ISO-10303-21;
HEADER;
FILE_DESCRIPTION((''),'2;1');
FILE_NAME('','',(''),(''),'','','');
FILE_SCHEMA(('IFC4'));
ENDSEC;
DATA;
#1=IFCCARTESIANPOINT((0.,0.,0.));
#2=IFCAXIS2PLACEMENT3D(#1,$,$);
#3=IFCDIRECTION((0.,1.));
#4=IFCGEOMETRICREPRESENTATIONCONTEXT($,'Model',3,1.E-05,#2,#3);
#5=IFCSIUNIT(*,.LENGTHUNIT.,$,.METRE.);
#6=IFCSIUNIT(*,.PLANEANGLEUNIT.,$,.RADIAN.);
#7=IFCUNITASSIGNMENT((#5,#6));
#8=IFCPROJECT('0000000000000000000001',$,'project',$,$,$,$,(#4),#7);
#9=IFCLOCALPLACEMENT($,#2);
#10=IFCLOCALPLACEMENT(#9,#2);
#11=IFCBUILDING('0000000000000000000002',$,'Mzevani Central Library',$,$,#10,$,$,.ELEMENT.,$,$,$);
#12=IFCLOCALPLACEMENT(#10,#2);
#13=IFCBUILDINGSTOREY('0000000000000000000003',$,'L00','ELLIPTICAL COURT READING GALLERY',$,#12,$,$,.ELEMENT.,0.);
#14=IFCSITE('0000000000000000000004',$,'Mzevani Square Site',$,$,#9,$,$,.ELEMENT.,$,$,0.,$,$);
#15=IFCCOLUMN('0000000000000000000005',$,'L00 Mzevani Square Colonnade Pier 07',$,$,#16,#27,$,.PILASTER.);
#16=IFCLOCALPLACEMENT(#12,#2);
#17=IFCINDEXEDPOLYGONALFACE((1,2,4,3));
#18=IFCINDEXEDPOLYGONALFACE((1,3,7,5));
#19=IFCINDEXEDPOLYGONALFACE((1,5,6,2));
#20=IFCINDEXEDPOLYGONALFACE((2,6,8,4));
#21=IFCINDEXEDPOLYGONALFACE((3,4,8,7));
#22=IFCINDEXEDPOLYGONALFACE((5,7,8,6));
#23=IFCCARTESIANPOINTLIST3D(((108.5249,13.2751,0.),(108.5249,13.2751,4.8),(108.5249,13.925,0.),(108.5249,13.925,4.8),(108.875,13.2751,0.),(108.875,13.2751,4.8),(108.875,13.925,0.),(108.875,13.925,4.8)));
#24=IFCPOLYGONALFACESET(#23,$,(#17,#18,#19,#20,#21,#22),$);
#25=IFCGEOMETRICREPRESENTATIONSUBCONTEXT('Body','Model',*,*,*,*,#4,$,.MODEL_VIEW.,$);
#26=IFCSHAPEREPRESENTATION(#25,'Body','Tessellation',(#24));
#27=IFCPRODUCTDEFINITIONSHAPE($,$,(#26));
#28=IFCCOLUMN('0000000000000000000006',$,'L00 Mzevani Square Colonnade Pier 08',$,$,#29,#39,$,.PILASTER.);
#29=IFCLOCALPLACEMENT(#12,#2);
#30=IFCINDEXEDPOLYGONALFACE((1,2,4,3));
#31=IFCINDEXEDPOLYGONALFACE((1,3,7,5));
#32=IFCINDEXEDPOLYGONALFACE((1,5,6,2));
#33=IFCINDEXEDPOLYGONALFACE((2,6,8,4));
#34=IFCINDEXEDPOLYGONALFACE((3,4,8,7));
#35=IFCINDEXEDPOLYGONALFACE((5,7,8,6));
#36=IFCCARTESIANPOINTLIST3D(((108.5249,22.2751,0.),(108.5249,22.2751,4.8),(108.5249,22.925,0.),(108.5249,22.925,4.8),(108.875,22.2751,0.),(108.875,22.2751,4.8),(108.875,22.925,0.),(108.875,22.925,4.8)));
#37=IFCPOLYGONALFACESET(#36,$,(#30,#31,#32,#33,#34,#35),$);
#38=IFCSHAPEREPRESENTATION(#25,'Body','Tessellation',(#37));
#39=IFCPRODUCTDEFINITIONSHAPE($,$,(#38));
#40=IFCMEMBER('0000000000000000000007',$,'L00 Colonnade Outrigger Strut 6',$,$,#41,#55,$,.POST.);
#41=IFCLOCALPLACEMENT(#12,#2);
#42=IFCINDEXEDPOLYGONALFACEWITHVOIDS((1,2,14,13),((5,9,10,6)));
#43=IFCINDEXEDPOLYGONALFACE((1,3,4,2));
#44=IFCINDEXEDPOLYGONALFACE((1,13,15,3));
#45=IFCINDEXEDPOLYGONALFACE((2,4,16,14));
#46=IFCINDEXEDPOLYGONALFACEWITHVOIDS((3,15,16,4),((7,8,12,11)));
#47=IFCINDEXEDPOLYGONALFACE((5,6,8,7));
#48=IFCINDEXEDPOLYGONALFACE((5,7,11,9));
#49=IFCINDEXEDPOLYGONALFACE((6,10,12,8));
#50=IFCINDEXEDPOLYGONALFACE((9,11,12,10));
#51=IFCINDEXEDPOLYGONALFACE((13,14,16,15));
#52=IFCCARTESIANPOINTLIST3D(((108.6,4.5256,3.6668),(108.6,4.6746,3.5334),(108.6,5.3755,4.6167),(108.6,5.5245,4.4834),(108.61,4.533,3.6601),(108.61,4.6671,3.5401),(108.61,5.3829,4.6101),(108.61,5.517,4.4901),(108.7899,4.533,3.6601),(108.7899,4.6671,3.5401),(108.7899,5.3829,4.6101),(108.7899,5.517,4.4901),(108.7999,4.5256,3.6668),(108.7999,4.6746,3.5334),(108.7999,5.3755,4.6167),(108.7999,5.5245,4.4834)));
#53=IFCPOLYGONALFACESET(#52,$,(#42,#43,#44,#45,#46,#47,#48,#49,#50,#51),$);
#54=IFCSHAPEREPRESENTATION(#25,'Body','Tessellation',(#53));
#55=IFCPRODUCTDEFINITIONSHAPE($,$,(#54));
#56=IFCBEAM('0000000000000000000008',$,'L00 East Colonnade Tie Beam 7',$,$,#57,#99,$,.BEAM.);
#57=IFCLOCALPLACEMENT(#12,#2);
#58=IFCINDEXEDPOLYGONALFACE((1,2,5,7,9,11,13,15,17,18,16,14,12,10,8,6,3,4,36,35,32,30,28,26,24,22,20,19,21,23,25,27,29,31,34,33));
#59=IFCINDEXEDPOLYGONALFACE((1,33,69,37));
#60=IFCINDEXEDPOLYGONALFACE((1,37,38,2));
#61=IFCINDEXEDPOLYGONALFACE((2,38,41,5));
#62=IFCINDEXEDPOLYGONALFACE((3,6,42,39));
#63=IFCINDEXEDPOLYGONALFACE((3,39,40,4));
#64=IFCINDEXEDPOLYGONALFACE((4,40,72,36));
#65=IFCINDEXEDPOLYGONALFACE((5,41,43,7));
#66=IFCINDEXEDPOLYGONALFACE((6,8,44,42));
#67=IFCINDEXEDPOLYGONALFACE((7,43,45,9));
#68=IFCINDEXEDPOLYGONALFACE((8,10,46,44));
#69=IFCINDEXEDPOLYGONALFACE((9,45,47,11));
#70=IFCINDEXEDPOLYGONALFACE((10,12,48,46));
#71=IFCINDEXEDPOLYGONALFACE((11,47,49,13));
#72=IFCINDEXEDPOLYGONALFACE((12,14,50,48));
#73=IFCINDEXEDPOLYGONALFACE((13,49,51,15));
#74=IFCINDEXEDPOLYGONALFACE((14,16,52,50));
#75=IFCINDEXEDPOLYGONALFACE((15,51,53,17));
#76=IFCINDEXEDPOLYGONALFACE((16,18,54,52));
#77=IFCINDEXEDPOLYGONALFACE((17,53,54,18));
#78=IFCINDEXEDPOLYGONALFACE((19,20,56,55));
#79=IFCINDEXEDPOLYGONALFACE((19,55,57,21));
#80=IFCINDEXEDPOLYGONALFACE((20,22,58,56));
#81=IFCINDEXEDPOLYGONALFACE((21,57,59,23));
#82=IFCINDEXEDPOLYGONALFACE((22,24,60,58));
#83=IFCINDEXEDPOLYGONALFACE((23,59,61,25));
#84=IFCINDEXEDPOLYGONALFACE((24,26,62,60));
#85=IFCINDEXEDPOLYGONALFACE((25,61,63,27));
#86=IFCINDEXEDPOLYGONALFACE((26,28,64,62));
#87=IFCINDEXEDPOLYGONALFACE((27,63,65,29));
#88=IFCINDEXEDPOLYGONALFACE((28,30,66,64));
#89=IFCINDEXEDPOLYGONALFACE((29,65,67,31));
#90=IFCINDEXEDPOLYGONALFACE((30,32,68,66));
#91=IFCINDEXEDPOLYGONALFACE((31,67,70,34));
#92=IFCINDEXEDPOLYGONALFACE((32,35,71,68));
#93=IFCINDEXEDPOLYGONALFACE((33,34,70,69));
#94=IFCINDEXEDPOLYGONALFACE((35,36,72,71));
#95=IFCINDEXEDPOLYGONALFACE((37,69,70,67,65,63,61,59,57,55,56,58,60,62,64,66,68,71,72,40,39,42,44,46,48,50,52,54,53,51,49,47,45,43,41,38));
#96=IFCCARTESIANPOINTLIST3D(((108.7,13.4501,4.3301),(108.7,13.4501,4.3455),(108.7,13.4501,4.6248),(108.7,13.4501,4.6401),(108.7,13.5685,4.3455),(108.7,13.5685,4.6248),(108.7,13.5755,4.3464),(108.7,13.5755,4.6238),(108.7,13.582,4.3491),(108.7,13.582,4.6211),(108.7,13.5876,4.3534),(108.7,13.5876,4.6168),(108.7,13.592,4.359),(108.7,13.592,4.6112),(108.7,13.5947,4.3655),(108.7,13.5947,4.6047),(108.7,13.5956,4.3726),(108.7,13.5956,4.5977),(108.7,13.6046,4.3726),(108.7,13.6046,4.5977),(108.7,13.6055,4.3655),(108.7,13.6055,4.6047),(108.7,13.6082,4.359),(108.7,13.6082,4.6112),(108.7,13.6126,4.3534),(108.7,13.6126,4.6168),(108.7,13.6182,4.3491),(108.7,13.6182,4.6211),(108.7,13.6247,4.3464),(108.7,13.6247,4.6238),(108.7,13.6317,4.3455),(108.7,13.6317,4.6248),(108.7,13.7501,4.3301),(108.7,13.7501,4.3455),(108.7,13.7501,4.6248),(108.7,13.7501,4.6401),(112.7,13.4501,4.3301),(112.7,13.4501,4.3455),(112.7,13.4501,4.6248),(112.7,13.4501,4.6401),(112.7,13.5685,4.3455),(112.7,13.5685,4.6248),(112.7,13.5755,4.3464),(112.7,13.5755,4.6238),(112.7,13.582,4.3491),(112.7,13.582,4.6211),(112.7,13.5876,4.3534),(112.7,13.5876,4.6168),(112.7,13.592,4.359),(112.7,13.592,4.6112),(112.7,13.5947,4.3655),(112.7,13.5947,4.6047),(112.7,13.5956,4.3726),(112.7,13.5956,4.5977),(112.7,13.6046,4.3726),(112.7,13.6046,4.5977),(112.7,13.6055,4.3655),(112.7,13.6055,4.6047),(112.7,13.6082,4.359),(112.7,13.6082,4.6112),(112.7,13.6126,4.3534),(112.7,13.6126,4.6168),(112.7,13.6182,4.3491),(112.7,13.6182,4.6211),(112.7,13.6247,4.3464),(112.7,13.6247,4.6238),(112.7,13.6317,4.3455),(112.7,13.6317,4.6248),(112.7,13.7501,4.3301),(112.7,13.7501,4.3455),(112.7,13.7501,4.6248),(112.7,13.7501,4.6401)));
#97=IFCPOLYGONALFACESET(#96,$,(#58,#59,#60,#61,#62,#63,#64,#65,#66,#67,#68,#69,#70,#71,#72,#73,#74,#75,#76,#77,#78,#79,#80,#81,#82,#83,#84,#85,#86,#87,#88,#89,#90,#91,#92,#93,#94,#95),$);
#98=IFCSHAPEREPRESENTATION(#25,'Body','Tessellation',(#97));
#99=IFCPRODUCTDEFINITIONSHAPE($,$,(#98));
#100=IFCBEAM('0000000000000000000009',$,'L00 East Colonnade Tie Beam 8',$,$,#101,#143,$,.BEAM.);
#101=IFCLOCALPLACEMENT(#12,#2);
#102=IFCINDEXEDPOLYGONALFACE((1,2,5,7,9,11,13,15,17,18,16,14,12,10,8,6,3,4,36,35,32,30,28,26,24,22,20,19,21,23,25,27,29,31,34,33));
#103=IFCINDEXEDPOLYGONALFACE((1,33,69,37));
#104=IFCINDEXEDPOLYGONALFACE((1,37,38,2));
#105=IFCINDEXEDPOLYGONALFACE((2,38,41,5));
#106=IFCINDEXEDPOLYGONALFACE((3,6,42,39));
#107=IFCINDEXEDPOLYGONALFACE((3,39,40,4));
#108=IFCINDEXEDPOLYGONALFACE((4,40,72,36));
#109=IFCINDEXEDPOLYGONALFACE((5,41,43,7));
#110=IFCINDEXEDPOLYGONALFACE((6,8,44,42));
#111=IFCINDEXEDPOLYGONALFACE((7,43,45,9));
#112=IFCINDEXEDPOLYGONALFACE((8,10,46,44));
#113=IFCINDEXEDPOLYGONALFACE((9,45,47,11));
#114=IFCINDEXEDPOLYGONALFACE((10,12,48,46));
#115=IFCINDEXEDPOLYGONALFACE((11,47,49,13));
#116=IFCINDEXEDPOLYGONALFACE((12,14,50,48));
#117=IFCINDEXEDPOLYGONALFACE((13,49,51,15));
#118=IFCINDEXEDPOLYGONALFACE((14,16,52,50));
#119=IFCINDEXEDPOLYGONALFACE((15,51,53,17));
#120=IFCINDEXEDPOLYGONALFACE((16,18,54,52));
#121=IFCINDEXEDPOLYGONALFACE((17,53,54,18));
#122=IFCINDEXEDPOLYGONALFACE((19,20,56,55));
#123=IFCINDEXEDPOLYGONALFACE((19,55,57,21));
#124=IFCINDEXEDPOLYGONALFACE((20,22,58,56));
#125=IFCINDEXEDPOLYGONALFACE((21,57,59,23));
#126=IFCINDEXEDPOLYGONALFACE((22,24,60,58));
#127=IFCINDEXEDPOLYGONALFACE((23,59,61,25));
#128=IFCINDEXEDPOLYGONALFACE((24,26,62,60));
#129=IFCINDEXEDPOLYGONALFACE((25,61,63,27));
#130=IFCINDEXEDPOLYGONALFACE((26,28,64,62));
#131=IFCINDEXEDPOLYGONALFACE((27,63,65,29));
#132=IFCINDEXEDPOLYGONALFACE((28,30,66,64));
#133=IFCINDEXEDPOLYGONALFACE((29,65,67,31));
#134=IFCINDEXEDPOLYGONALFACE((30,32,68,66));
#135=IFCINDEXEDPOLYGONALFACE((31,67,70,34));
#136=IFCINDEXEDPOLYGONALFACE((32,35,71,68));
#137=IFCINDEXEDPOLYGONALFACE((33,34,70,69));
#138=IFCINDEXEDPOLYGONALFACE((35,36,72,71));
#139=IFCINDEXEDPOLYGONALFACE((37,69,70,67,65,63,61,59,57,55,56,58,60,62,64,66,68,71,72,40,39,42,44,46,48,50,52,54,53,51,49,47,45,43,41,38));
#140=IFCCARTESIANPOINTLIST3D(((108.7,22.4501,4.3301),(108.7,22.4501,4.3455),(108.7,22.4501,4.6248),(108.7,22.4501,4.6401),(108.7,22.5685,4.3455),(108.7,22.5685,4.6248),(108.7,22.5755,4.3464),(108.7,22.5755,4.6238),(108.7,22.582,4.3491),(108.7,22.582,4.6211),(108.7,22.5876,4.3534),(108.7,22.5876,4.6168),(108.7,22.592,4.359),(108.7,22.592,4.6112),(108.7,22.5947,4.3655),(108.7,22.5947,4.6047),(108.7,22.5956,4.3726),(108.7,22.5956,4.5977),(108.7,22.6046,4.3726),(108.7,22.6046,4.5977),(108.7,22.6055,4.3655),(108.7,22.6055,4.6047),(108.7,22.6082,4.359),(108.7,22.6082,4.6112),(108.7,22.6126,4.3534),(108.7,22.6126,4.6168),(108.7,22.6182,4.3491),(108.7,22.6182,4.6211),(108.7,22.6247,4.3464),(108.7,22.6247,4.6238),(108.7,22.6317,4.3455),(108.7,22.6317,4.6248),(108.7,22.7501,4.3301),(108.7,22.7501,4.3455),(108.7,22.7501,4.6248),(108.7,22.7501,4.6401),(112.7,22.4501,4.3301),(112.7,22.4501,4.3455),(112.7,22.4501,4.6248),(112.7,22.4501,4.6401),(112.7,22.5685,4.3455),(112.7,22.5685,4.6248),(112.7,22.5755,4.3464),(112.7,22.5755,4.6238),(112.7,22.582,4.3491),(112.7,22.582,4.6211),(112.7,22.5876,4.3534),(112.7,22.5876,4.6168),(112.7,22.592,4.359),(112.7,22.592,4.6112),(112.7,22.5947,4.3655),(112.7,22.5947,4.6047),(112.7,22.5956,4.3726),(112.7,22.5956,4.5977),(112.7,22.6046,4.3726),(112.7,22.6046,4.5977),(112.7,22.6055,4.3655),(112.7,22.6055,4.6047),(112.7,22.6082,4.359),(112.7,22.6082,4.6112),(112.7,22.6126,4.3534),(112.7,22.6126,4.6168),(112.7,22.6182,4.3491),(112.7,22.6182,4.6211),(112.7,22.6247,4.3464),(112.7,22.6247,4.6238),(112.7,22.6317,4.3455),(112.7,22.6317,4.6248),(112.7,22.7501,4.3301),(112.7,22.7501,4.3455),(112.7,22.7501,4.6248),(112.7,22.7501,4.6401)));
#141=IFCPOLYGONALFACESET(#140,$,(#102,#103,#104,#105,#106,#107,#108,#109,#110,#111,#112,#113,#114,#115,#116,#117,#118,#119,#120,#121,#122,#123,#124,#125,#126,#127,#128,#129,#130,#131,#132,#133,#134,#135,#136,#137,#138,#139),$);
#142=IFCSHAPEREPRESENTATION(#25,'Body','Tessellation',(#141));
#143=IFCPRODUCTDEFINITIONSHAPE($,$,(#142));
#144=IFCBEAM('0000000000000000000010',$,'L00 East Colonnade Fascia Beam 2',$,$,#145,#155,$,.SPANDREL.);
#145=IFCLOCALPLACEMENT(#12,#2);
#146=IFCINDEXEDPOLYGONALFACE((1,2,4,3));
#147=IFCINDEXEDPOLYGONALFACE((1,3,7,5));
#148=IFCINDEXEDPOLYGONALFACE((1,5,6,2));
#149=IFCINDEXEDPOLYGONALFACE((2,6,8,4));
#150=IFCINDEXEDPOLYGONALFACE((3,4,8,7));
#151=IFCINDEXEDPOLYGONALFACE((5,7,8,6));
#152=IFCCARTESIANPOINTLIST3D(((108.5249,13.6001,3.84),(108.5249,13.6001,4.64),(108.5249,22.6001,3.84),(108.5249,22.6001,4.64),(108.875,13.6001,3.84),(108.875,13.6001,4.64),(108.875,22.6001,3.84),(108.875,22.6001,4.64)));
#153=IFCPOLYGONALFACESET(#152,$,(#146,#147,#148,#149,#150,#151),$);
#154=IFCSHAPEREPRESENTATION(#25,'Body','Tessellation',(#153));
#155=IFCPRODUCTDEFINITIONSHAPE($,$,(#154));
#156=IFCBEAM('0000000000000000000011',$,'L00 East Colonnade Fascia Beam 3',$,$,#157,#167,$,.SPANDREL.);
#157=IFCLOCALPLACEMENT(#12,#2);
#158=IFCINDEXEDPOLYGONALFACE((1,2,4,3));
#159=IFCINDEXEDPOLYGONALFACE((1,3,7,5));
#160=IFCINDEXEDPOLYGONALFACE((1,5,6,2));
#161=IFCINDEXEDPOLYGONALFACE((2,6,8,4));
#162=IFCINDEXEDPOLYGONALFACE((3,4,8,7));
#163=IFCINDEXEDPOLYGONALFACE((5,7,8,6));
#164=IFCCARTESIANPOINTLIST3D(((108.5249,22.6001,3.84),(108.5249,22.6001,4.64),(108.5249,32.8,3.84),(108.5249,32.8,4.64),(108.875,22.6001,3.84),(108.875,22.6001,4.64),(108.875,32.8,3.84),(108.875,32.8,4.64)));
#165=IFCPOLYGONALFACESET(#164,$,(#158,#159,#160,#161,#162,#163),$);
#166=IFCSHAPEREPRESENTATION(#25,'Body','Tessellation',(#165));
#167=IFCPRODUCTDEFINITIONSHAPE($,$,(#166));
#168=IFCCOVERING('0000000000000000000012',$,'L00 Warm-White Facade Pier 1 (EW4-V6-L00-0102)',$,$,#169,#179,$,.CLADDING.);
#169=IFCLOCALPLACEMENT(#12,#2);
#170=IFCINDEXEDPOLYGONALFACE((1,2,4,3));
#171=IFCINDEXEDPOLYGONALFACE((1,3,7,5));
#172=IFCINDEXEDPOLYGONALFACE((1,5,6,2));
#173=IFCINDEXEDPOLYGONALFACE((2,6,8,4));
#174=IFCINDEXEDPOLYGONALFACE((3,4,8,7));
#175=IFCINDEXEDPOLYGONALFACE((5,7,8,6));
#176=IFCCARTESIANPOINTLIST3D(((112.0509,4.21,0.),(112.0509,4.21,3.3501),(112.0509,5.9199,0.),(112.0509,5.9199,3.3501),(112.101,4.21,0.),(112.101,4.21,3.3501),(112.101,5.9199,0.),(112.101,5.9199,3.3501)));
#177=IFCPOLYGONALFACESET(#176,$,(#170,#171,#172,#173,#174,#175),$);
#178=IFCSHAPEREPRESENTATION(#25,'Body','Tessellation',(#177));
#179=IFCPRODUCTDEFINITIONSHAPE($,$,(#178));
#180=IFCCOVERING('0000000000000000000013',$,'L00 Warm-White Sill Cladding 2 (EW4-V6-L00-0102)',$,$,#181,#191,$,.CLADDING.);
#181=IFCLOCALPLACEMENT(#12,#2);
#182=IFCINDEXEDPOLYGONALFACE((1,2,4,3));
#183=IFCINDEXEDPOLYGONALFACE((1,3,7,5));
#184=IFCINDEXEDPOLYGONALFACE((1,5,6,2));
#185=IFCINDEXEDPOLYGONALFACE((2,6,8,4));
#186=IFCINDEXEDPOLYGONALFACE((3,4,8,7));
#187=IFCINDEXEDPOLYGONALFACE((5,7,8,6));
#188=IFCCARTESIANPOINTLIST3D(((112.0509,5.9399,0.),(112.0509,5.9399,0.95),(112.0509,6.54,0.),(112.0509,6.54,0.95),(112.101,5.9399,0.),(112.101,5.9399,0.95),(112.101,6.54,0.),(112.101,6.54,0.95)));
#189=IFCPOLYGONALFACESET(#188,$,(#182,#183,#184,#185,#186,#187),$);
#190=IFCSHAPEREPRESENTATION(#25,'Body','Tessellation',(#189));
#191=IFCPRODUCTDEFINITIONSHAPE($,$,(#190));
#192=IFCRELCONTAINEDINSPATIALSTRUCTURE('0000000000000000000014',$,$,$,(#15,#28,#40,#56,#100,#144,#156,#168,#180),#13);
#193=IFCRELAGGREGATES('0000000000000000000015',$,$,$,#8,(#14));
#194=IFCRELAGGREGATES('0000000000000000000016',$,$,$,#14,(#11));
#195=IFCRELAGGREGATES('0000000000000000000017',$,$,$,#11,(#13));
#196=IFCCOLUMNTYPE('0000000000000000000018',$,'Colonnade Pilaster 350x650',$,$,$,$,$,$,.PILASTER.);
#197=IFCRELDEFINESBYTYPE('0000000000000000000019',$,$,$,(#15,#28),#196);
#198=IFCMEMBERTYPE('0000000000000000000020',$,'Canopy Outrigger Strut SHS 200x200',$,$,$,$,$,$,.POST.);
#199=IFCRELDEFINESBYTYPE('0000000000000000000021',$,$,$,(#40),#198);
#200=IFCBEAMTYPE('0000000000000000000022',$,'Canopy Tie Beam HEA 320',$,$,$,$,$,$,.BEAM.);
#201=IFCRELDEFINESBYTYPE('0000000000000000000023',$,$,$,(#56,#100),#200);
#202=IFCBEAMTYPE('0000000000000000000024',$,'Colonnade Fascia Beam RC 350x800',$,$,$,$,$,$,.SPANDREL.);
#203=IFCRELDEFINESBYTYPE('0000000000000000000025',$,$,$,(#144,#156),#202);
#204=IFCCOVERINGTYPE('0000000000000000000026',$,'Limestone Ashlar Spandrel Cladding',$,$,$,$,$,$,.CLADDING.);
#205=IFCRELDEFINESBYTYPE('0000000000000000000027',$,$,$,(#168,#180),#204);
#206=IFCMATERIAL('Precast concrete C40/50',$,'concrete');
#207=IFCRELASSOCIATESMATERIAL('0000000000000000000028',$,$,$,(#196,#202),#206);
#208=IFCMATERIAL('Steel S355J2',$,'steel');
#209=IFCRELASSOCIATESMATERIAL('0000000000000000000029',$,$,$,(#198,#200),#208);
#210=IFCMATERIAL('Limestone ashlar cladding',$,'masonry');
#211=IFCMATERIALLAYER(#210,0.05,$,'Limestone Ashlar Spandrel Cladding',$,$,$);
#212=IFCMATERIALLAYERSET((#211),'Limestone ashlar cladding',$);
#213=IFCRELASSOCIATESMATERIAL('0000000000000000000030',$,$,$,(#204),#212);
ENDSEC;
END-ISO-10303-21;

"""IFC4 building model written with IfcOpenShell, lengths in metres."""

from ifc_helpers import new_model, si_unit, direction, frame, origin, origin_2d, place, context, subcontext, project, spatial, rectangle, hollow_rectangle, i_section, extrude, material, layer, layer_set, material_profile, profile_set, type_object, element, save


model = new_model("IFC4")

# Units and contexts
model_context = context("Model", 3, precision=1e-05, world=origin(), true_north=direction((0.0, 1.0)))
body_context = subcontext(model_context, "Body", "Model", "MODEL_VIEW")
ifc_project = project(units=[si_unit("LENGTHUNIT", "METRE"), si_unit("PLANEANGLEUNIT", "RADIAN")], contexts=[model_context])

# Site, building, storey
site_placement = place(None, origin())
site = spatial("IfcSite", under=ifc_project, at=site_placement, Name="Mzevani Square Site", CompositionType="ELEMENT", RefElevation=0.0)
building_placement = place(site_placement, origin())
building = spatial("IfcBuilding", under=site, at=building_placement, Name="Mzevani Central Library", CompositionType="ELEMENT")
storey_placement = place(building_placement, origin())
storey = spatial("IfcBuildingStorey", under=building, at=storey_placement, Name="L00", Description="ELLIPTICAL COURT READING GALLERY", CompositionType="ELEMENT", Elevation=0.0)

# Columns
ifc_material_1 = material(Name="Precast concrete C40/50", Category="concrete")
ifc_material_profile_1 = material_profile(ifc_material_1, rectangle(XDim=0.3501, YDim=0.6499, at=origin_2d()), Name="PC PIL 350x650")
ifc_profile_set_1 = profile_set([ifc_material_profile_1], Name="Precast concrete C40/50")
column_type = type_object("IfcColumnType", Name="Colonnade Pilaster 350x650", PredefinedType="PILASTER", material=ifc_profile_set_1)
for number, where, z_axis, x_axis, name in (
    (1, (108.7, 13.6001, 0.0), (0.0, 0.0, 1.0), (1.0, 0.0, 0.0), "L00 Mzevani Square Colonnade Pier 07"),
    (2, (108.7, 22.6001, 0.0), (0.0, 0.0, 1.0), (1.0, 0.0, 0.0), "L00 Mzevani Square Colonnade Pier 08"),
):
    element("IfcColumn", number, at=place(storey_placement, frame(where, z_axis=z_axis, x_axis=x_axis)), inside=storey, type_object=column_type, Name=name, PredefinedType="PILASTER", context=body_context, shape_type="SweptSolid", body=[
        extrude(rectangle(XDim=0.3501, YDim=0.6499, at=origin_2d()), origin(), (0.0, 0.0, 1.0), 4.8),
    ])

# Member
ifc_material_2 = material(Name="Steel S355J2", Category="steel")
ifc_material_profile_2 = material_profile(ifc_material_2, hollow_rectangle(XDim=0.2, YDim=0.2, WallThickness=0.01, at=origin_2d()), Name="SHS 200x200x10.0")
ifc_profile_set_2 = profile_set([ifc_material_profile_2], Name="Steel S355J2")
member_type = type_object("IfcMemberType", Name="Canopy Outrigger Strut SHS 200x200", PredefinedType="POST", material=ifc_profile_set_2)
member_placement = place(storey_placement, frame((108.7, 4.6001, 3.6001), z_axis=(0.0, 0.66675, 0.745281), x_axis=(-1.0, 0.0, 0.0)))
element("IfcMember", 3, at=member_placement, inside=storey, type_object=member_type, Name="L00 Colonnade Outrigger Strut 6", PredefinedType="POST", context=body_context, shape_type="SweptSolid", body=[
    extrude(hollow_rectangle(XDim=0.2, YDim=0.2, WallThickness=0.01, at=origin_2d()), origin(), (0.0, 0.0, 1.0), 1.2747),
])

# Beams
ifc_material_profile_3 = material_profile(ifc_material_2, i_section(OverallWidth=0.3, OverallDepth=0.3101, WebThickness=0.009, FlangeThickness=0.0154, FilletRadius=0.0271, at=origin_2d()), Name="HEA 320")
ifc_profile_set_3 = profile_set([ifc_material_profile_3], Name="Steel S355J2")
beam_type_1 = type_object("IfcBeamType", Name="Canopy Tie Beam HEA 320", PredefinedType="BEAM", material=ifc_profile_set_3)
for number, where, z_axis, x_axis, name in (
    (4, (108.7, 13.6001, 4.4851), (1.0, 0.0, 0.0), (0.0, 1.0, 0.0), "L00 East Colonnade Tie Beam 7"),
    (5, (108.7, 22.6001, 4.4851), (1.0, 0.0, 0.0), (0.0, 1.0, 0.0), "L00 East Colonnade Tie Beam 8"),
):
    element("IfcBeam", number, at=place(storey_placement, frame(where, z_axis=z_axis, x_axis=x_axis)), inside=storey, type_object=beam_type_1, Name=name, PredefinedType="BEAM", context=body_context, shape_type="SweptSolid", body=[
        extrude(i_section(OverallWidth=0.3, OverallDepth=0.3101, WebThickness=0.009, FlangeThickness=0.0154, FilletRadius=0.0271, at=origin_2d()), origin(), (0.0, 0.0, 1.0), 4.0),
    ])
ifc_material_profile_4 = material_profile(ifc_material_1, rectangle(XDim=0.3501, YDim=0.8, at=origin_2d()), Name="RC SP350x800")
ifc_profile_set_4 = profile_set([ifc_material_profile_4], Name="Precast concrete C40/50")
beam_type_2 = type_object("IfcBeamType", Name="Colonnade Fascia Beam RC 350x800", PredefinedType="SPANDREL", material=ifc_profile_set_4)
beam_1_placement = place(storey_placement, frame((108.7, 13.6001, 4.24), z_axis=(0.0, 1.0, 0.0), x_axis=(-1.0, 0.0, 0.0)))
element("IfcBeam", 6, at=beam_1_placement, inside=storey, type_object=beam_type_2, Name="L00 East Colonnade Fascia Beam 2", PredefinedType="SPANDREL", context=body_context, shape_type="SweptSolid", body=[
    extrude(rectangle(XDim=0.3501, YDim=0.8, at=origin_2d()), origin(), (0.0, 0.0, 1.0), 9.0),
])
beam_2_placement = place(storey_placement, frame((108.7, 22.6001, 4.24), z_axis=(0.0, 1.0, 0.0), x_axis=(-1.0, 0.0, 0.0)))
element("IfcBeam", 7, at=beam_2_placement, inside=storey, type_object=beam_type_2, Name="L00 East Colonnade Fascia Beam 3", PredefinedType="SPANDREL", context=body_context, shape_type="SweptSolid", body=[
    extrude(rectangle(XDim=0.3501, YDim=0.8, at=origin_2d()), origin(), (0.0, 0.0, 1.0), 10.2),
])

# Coverings
ifc_material_3 = material(Name="Limestone ashlar cladding", Category="masonry")
ifc_layer_1 = layer(ifc_material_3, 0.05, Name="Limestone Ashlar Spandrel Cladding")
ifc_layer_set_1 = layer_set([ifc_layer_1], Name="Limestone ashlar cladding")
covering_type_1 = type_object("IfcCoveringType", Name="Limestone Ashlar Spandrel Cladding", PredefinedType="CLADDING", material=ifc_layer_set_1)
covering_1_placement = place(storey_placement, frame((112.0759, 5.0649, 0.0), z_axis=(0.0, 0.0, 1.0), x_axis=(0.0, 1.0, 0.0)))
element("IfcCovering", 8, at=covering_1_placement, inside=storey, type_object=covering_type_1, Name="L00 Warm-White Facade Pier 1 (EW4-V6-L00-0102)", PredefinedType="CLADDING", context=body_context, shape_type="SweptSolid", body=[
    extrude(rectangle(XDim=1.71, YDim=0.05, at=origin_2d()), origin(), (0.0, 0.0, 1.0), 3.3501),
])
covering_2_placement = place(storey_placement, frame((112.0759, 6.24, 0.0), z_axis=(0.0, 0.0, 1.0), x_axis=(0.0, 1.0, 0.0)))
element("IfcCovering", 9, at=covering_2_placement, inside=storey, type_object=covering_type_1, Name="L00 Warm-White Sill Cladding 2 (EW4-V6-L00-0102)", PredefinedType="CLADDING", context=body_context, shape_type="SweptSolid", body=[
    extrude(rectangle(XDim=0.6001, YDim=0.05, at=origin_2d()), origin(), (0.0, 0.0, 1.0), 0.95),
])

save(model, "model.ifc")
